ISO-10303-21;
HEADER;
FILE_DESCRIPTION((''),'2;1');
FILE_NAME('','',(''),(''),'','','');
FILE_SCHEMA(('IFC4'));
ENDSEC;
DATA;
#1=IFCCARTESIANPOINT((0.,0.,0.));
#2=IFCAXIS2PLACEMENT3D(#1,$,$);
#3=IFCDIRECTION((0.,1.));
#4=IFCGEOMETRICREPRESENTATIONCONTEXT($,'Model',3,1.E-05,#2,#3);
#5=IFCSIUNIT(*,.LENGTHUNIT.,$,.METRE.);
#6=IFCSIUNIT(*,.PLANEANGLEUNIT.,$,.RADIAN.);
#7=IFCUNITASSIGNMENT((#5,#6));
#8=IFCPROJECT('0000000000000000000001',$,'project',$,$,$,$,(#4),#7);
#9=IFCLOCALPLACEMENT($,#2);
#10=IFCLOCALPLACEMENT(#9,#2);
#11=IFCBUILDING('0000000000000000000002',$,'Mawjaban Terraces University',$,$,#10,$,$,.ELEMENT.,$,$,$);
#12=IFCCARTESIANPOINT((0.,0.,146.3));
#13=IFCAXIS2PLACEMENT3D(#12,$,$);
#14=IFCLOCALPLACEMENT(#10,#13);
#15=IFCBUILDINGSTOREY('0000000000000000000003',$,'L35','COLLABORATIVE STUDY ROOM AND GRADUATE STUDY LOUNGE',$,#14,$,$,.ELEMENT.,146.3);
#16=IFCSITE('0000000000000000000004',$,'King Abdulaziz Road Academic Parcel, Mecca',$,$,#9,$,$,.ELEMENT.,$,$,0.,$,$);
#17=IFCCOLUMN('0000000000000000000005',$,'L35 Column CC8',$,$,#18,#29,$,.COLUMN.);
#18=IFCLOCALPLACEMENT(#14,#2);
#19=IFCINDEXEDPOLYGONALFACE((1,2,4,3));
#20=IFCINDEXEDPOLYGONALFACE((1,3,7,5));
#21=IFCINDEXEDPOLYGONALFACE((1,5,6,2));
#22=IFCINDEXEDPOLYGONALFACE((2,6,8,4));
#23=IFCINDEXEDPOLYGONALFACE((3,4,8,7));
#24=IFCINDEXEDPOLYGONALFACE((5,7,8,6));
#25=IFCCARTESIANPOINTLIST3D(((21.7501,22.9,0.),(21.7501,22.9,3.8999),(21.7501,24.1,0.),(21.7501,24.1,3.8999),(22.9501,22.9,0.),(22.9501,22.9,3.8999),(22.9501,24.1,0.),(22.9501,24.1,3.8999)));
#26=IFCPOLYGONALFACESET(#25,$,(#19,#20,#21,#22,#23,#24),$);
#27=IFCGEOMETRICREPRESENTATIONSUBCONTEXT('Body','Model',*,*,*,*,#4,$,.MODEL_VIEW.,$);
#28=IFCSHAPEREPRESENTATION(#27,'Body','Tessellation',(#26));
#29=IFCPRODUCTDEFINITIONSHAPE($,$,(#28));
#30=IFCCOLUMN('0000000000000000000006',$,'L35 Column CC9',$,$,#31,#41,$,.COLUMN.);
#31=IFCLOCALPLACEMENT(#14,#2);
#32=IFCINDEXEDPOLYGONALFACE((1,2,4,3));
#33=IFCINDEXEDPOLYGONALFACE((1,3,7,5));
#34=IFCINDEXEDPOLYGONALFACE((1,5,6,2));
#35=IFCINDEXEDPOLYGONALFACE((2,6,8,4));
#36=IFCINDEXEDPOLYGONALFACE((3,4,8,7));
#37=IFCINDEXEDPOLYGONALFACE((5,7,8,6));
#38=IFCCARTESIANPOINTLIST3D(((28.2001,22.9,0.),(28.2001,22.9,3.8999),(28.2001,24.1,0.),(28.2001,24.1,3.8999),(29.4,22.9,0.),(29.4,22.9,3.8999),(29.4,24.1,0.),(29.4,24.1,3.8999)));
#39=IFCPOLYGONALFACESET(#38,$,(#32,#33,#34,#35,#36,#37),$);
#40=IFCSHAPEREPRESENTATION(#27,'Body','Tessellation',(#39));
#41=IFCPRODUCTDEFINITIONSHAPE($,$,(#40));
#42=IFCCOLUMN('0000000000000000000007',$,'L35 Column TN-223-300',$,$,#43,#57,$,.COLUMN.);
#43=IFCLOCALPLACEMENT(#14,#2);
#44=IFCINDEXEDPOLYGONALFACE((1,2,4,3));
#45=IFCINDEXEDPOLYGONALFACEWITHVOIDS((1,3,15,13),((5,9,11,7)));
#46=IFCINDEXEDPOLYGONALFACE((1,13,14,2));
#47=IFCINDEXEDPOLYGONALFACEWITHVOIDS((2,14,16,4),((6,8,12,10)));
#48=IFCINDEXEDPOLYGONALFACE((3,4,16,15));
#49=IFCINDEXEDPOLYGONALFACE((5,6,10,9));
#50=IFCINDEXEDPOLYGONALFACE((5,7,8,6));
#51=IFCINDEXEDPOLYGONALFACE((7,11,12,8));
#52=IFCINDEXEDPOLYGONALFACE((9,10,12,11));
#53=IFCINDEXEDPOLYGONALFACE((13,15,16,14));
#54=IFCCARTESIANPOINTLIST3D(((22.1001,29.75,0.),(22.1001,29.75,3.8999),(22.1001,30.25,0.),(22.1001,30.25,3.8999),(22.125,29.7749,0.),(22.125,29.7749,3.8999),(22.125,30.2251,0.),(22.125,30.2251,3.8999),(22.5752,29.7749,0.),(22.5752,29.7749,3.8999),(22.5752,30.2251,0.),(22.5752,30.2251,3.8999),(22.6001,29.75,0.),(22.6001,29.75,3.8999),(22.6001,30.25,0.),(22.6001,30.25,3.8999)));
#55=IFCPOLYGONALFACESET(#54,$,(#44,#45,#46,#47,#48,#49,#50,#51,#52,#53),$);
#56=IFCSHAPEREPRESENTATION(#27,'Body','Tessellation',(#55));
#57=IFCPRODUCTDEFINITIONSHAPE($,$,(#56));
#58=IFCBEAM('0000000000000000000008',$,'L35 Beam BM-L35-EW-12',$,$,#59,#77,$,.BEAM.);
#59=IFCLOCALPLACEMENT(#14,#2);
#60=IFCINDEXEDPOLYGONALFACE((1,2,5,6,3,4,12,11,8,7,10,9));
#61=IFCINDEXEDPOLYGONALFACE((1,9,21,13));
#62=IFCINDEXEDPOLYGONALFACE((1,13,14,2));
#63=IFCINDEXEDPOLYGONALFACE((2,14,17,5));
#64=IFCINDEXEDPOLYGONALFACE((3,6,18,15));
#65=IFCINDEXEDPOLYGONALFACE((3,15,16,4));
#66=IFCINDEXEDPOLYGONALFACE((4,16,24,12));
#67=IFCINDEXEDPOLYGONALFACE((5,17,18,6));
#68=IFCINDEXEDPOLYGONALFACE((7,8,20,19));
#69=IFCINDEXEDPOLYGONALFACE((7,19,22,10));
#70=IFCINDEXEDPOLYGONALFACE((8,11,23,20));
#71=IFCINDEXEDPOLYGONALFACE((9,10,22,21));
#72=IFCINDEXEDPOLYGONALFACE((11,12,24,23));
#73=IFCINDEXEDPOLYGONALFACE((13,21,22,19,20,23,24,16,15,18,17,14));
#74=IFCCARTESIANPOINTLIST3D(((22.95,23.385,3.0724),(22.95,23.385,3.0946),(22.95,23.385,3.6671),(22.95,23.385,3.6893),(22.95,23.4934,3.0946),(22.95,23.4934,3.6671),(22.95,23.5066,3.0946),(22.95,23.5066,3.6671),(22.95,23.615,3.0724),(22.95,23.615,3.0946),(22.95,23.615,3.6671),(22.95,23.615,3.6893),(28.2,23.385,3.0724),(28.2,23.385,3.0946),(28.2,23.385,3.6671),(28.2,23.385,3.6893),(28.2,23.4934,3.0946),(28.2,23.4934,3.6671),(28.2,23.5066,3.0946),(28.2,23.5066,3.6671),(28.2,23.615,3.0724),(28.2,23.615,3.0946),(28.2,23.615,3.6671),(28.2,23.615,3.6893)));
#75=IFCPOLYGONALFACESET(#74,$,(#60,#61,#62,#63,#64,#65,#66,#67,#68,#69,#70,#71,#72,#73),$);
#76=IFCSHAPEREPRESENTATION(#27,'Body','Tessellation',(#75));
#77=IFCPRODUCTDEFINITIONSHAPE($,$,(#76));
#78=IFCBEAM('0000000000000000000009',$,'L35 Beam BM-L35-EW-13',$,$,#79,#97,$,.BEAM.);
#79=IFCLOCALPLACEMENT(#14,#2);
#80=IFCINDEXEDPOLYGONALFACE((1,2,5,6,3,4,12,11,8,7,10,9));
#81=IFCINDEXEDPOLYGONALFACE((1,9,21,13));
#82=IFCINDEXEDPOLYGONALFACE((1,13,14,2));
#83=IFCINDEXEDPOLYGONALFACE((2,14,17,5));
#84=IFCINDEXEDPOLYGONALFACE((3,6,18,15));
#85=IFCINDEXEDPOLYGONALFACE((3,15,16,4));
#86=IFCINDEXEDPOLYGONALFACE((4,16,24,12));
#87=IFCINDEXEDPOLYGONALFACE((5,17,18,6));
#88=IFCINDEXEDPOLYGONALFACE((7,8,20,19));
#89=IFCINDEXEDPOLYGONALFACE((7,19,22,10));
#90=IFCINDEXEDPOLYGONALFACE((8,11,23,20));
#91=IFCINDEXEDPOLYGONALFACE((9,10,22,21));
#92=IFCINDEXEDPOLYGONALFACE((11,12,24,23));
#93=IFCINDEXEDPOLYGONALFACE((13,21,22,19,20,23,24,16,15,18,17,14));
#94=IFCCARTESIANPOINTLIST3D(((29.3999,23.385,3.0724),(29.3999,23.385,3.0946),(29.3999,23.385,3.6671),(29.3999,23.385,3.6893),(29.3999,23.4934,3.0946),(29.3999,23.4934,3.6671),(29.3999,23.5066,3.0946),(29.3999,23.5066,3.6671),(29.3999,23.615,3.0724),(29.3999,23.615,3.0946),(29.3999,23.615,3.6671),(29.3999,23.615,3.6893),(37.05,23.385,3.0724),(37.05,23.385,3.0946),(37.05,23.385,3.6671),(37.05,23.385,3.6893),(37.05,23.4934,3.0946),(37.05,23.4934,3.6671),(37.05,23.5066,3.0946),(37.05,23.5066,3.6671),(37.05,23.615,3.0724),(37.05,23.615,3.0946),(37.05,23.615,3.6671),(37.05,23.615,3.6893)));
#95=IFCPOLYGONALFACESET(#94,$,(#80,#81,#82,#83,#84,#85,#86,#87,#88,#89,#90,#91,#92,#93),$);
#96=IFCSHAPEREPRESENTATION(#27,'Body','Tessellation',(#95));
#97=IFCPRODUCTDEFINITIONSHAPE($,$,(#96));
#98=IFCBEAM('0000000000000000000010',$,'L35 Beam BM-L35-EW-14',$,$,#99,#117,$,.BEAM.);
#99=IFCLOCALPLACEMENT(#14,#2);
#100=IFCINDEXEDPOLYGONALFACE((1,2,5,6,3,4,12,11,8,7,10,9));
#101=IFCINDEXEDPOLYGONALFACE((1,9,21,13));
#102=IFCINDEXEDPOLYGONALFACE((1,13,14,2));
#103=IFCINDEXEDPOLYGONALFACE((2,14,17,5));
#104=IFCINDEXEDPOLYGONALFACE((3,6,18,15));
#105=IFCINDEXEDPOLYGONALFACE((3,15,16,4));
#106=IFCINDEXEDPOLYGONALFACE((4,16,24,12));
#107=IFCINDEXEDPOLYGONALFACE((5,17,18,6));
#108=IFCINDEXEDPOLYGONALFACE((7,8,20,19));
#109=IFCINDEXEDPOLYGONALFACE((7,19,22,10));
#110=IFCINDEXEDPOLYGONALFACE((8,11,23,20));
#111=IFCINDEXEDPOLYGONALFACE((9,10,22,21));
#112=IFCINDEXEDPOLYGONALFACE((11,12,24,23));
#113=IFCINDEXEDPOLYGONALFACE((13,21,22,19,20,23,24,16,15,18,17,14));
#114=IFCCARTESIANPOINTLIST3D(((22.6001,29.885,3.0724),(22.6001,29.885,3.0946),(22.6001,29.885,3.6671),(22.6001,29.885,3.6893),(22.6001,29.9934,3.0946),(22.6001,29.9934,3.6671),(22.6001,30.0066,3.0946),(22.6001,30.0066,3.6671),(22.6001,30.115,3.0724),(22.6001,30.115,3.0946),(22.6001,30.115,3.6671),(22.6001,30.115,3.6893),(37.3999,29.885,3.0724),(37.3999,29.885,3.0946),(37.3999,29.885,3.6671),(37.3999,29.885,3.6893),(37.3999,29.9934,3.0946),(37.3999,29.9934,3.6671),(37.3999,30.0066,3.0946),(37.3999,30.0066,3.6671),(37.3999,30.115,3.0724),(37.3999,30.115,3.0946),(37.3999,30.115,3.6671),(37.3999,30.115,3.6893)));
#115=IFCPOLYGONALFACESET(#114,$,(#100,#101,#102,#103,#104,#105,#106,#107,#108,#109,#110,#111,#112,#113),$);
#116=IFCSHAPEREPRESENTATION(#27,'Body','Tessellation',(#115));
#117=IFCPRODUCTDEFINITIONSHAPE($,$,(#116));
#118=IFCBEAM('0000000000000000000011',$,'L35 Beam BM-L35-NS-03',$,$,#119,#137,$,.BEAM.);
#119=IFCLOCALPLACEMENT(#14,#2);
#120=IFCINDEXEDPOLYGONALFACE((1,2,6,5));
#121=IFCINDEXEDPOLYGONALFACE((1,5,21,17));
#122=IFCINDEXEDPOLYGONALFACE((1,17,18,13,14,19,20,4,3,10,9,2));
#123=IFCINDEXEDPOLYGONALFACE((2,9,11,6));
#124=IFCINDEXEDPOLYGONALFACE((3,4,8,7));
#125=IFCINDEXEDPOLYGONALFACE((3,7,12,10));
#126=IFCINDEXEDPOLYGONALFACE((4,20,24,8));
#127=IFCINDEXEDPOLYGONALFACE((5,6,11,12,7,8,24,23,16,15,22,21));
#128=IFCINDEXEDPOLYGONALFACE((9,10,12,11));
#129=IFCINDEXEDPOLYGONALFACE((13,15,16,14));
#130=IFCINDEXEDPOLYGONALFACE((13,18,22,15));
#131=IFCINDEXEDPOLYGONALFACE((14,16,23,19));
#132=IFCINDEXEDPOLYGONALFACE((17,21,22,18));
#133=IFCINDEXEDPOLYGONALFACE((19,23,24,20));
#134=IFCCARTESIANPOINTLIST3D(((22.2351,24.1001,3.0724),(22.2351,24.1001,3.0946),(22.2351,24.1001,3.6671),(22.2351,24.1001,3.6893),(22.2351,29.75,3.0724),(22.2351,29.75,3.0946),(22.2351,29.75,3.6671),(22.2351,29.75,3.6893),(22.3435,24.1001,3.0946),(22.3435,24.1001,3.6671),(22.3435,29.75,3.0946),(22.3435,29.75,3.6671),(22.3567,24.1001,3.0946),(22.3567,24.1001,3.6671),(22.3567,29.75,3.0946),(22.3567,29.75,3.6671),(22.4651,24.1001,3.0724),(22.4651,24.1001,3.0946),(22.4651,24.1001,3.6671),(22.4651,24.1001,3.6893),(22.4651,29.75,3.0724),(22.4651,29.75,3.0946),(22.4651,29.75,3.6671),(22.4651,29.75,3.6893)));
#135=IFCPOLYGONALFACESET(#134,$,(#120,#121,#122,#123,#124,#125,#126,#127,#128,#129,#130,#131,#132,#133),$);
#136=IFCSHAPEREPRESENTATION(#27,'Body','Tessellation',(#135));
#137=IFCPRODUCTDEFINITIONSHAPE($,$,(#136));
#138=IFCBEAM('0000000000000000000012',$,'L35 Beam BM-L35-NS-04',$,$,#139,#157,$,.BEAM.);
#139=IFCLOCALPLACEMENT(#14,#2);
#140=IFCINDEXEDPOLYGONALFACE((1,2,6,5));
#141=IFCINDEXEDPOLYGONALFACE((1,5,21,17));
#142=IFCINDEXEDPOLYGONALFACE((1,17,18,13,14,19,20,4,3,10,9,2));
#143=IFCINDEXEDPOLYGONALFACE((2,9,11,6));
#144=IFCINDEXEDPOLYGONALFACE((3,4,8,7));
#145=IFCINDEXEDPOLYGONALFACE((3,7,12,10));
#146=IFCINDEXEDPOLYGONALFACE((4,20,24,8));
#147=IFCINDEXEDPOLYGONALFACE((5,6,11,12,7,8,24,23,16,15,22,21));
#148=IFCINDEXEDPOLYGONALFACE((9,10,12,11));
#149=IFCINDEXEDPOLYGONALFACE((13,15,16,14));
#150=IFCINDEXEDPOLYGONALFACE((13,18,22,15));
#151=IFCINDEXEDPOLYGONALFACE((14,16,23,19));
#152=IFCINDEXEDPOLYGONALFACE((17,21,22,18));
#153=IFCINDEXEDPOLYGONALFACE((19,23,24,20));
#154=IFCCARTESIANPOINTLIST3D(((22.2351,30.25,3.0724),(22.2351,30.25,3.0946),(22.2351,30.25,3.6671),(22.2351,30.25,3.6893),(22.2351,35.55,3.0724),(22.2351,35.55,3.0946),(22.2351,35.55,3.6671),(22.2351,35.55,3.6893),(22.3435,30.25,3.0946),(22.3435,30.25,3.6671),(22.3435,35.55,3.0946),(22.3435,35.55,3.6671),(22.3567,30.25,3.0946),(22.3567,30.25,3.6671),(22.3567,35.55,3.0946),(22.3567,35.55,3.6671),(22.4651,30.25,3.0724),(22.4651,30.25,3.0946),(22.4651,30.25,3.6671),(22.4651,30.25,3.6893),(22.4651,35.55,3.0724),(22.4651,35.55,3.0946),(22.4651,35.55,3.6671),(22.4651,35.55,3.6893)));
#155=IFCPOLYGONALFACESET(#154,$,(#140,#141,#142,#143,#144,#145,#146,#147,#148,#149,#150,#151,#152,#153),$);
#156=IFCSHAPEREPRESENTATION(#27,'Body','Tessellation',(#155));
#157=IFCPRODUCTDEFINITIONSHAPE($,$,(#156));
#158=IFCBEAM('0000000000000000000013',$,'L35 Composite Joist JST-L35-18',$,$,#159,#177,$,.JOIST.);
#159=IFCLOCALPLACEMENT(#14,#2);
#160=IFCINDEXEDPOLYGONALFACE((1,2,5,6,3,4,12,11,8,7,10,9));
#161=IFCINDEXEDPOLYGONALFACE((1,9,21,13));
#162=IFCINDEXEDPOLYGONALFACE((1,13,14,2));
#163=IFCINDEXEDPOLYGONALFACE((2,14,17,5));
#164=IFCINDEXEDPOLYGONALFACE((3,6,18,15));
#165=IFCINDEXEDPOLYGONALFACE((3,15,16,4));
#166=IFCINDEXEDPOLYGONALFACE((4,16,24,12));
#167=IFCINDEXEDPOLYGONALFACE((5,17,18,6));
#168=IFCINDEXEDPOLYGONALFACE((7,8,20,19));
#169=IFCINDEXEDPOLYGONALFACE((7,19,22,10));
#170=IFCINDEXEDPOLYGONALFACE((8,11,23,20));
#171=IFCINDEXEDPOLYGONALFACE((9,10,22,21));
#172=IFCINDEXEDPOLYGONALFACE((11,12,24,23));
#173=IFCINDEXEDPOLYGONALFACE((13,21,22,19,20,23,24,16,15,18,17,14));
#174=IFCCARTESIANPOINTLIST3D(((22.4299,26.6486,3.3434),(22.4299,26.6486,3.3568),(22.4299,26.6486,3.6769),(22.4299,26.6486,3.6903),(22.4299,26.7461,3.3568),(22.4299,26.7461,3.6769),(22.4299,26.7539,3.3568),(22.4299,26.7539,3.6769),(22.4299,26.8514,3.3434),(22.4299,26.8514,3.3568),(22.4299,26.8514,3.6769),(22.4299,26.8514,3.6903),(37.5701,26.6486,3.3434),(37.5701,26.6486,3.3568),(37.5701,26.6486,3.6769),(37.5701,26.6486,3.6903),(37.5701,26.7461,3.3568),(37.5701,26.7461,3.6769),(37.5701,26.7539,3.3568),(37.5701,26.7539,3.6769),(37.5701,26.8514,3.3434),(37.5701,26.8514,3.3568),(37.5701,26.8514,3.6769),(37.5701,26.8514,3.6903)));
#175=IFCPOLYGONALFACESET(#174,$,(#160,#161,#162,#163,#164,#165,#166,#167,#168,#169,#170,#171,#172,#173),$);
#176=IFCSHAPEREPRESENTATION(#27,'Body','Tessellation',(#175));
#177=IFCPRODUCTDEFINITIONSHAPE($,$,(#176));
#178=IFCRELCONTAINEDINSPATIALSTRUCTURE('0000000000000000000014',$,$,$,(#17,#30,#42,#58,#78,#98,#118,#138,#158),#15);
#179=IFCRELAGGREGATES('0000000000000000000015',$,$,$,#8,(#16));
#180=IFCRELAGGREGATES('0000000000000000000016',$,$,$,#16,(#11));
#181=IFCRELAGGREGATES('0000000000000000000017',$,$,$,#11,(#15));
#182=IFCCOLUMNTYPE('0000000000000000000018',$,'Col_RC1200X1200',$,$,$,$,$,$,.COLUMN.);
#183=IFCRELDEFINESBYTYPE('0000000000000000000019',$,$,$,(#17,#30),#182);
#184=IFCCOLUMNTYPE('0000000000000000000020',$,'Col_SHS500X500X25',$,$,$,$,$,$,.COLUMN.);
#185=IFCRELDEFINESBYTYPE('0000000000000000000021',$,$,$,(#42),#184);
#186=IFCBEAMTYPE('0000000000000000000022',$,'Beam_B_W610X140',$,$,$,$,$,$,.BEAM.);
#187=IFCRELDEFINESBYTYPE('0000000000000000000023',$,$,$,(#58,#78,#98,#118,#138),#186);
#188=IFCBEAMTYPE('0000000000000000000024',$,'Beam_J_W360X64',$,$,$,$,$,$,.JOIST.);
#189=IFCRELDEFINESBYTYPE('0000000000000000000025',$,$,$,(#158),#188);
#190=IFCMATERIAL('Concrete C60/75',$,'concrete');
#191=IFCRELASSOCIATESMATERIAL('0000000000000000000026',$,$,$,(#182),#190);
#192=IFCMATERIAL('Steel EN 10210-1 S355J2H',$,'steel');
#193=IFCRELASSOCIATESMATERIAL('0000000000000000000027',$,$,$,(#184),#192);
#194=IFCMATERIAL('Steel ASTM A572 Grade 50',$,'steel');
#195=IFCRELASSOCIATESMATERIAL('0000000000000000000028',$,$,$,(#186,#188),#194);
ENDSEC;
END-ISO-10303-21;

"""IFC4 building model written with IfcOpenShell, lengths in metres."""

from ifc_helpers import new_model, si_unit, direction, frame, origin, origin_2d, place, context, subcontext, project, spatial, rectangle, hollow_rectangle, i_section, extrude, material, material_profile, profile_set, type_object, element, save


model = new_model("IFC4")

# Units and contexts
model_context = context("Model", 3, precision=1e-05, world=origin(), true_north=direction((0.0, 1.0)))
body_context = subcontext(model_context, "Body", "Model", "MODEL_VIEW")
ifc_project = project(units=[si_unit("LENGTHUNIT", "METRE"), si_unit("PLANEANGLEUNIT", "RADIAN")], contexts=[model_context])

# Site, building, storey
site_placement = place(None, origin())
site = spatial("IfcSite", under=ifc_project, at=site_placement, Name="King Abdulaziz Road Academic Parcel, Mecca", CompositionType="ELEMENT", RefElevation=0.0)
building_placement = place(site_placement, origin())
building = spatial("IfcBuilding", under=site, at=building_placement, Name="Mawjaban Terraces University", CompositionType="ELEMENT")
storey_placement = place(building_placement, frame((0.0, 0.0, 146.3)))
storey = spatial("IfcBuildingStorey", under=building, at=storey_placement, Name="L35", Description="COLLABORATIVE STUDY ROOM AND GRADUATE STUDY LOUNGE", CompositionType="ELEMENT", Elevation=146.3)

# Columns
ifc_material_1 = material(Name="Concrete C60/75", Category="concrete")
ifc_material_profile_1 = material_profile(ifc_material_1, rectangle(XDim=1.2, YDim=1.2, at=origin_2d()), Name="RC1200X1200")
ifc_profile_set_1 = profile_set([ifc_material_profile_1], Name="Concrete C60/75")
column_type_1 = type_object("IfcColumnType", Name="Col_RC1200X1200", PredefinedType="COLUMN", material=ifc_profile_set_1)
for number, where, z_axis, x_axis, name in (
    (1, (22.3501, 23.5, 0.0), (0.0, 0.0, 1.0), (1.0, 0.0, 0.0), "L35 Column CC8"),
    (2, (28.8, 23.5, 0.0), (0.0, 0.0, 1.0), (1.0, 0.0, 0.0), "L35 Column CC9"),
):
    element("IfcColumn", number, at=place(storey_placement, frame(where, z_axis=z_axis, x_axis=x_axis)), inside=storey, type_object=column_type_1, Name=name, PredefinedType="COLUMN", context=body_context, shape_type="SweptSolid", body=[
        extrude(rectangle(XDim=1.2, YDim=1.2, at=origin_2d()), origin(), (0.0, 0.0, 1.0), 3.8999),
    ])
ifc_material_2 = material(Name="Steel EN 10210-1 S355J2H", Category="steel")
ifc_material_profile_2 = material_profile(ifc_material_2, hollow_rectangle(XDim=0.5, YDim=0.5, WallThickness=0.0249, at=origin_2d()), Name="SHS500X500X25")
ifc_profile_set_2 = profile_set([ifc_material_profile_2], Name="Steel EN 10210-1 S355J2H")
column_type_2 = type_object("IfcColumnType", Name="Col_SHS500X500X25", PredefinedType="COLUMN", material=ifc_profile_set_2)
column_placement = place(storey_placement, frame((22.3501, 30.0, 0.0), z_axis=(0.0, 0.0, 1.0), x_axis=(1.0, 0.0, 0.0)))
element("IfcColumn", 3, at=column_placement, inside=storey, type_object=column_type_2, Name="L35 Column TN-223-300", PredefinedType="COLUMN", context=body_context, shape_type="SweptSolid", body=[
    extrude(hollow_rectangle(XDim=0.5, YDim=0.5, WallThickness=0.0249, at=origin_2d()), origin(), (0.0, 0.0, 1.0), 3.8999),
])

# Beams
ifc_material_3 = material(Name="Steel ASTM A572 Grade 50", Category="steel")
ifc_material_profile_3 = material_profile(ifc_material_3, i_section(OverallWidth=0.23, OverallDepth=0.6169, WebThickness=0.0132, FlangeThickness=0.0222, at=origin_2d()), Name="W610X140")
ifc_profile_set_3 = profile_set([ifc_material_profile_3], Name="Steel ASTM A572 Grade 50")
beam_type_1 = type_object("IfcBeamType", Name="Beam_B_W610X140", PredefinedType="BEAM", material=ifc_profile_set_3)
beam_1_placement = place(storey_placement, frame((22.95, 23.5, 3.3809), z_axis=(1.0, 0.0, 0.0), x_axis=(0.0, 1.0, 0.0)))
element("IfcBeam", 4, at=beam_1_placement, inside=storey, type_object=beam_type_1, Name="L35 Beam BM-L35-EW-12", PredefinedType="BEAM", context=body_context, shape_type="SweptSolid", body=[
    extrude(i_section(OverallWidth=0.23, OverallDepth=0.6169, WebThickness=0.0132, FlangeThickness=0.0222, at=origin_2d()), origin(), (0.0, 0.0, 1.0), 5.25),
])
beam_2_placement = place(storey_placement, frame((29.3999, 23.5, 3.3809), z_axis=(1.0, 0.0, 0.0), x_axis=(0.0, 1.0, 0.0)))
element("IfcBeam", 5, at=beam_2_placement, inside=storey, type_object=beam_type_1, Name="L35 Beam BM-L35-EW-13", PredefinedType="BEAM", context=body_context, shape_type="SweptSolid", body=[
    extrude(i_section(OverallWidth=0.23, OverallDepth=0.6169, WebThickness=0.0132, FlangeThickness=0.0222, at=origin_2d()), origin(), (0.0, 0.0, 1.0), 7.6501),
])
beam_3_placement = place(storey_placement, frame((22.6001, 30.0, 3.3809), z_axis=(1.0, 0.0, 0.0), x_axis=(0.0, 1.0, 0.0)))
element("IfcBeam", 6, at=beam_3_placement, inside=storey, type_object=beam_type_1, Name="L35 Beam BM-L35-EW-14", PredefinedType="BEAM", context=body_context, shape_type="SweptSolid", body=[
    extrude(i_section(OverallWidth=0.23, OverallDepth=0.6169, WebThickness=0.0132, FlangeThickness=0.0222, at=origin_2d()), origin(), (0.0, 0.0, 1.0), 14.7998),
])
beam_4_placement = place(storey_placement, frame((22.3501, 24.1001, 3.3809), z_axis=(0.0, 1.0, 0.0), x_axis=(-1.0, 0.0, 0.0)))
element("IfcBeam", 7, at=beam_4_placement, inside=storey, type_object=beam_type_1, Name="L35 Beam BM-L35-NS-03", PredefinedType="BEAM", context=body_context, shape_type="SweptSolid", body=[
    extrude(i_section(OverallWidth=0.23, OverallDepth=0.6169, WebThickness=0.0132, FlangeThickness=0.0222, at=origin_2d()), origin(), (0.0, 0.0, 1.0), 5.6499),
])
beam_5_placement = place(storey_placement, frame((22.3501, 30.25, 3.3809), z_axis=(0.0, 1.0, 0.0), x_axis=(-1.0, 0.0, 0.0)))
element("IfcBeam", 8, at=beam_5_placement, inside=storey, type_object=beam_type_1, Name="L35 Beam BM-L35-NS-04", PredefinedType="BEAM", context=body_context, shape_type="SweptSolid", body=[
    extrude(i_section(OverallWidth=0.23, OverallDepth=0.6169, WebThickness=0.0132, FlangeThickness=0.0222, at=origin_2d()), origin(), (0.0, 0.0, 1.0), 5.3),
])
ifc_material_profile_4 = material_profile(ifc_material_3, i_section(OverallWidth=0.2029, OverallDepth=0.3469, WebThickness=0.0078, FlangeThickness=0.0134, at=origin_2d()), Name="W360X64")
ifc_profile_set_4 = profile_set([ifc_material_profile_4], Name="Steel ASTM A572 Grade 50")
beam_type_2 = type_object("IfcBeamType", Name="Beam_J_W360X64", PredefinedType="JOIST", material=ifc_profile_set_4)
beam_6_placement = place(storey_placement, frame((22.4299, 26.75, 3.5168), z_axis=(1.0, 0.0, 0.0), x_axis=(0.0, 1.0, 0.0)))
element("IfcBeam", 9, at=beam_6_placement, inside=storey, type_object=beam_type_2, Name="L35 Composite Joist JST-L35-18", PredefinedType="JOIST", context=body_context, shape_type="SweptSolid", body=[
    extrude(i_section(OverallWidth=0.2029, OverallDepth=0.3469, WebThickness=0.0078, FlangeThickness=0.0134, at=origin_2d()), origin(), (0.0, 0.0, 1.0), 15.1401),
])

save(model, "model.ifc")
